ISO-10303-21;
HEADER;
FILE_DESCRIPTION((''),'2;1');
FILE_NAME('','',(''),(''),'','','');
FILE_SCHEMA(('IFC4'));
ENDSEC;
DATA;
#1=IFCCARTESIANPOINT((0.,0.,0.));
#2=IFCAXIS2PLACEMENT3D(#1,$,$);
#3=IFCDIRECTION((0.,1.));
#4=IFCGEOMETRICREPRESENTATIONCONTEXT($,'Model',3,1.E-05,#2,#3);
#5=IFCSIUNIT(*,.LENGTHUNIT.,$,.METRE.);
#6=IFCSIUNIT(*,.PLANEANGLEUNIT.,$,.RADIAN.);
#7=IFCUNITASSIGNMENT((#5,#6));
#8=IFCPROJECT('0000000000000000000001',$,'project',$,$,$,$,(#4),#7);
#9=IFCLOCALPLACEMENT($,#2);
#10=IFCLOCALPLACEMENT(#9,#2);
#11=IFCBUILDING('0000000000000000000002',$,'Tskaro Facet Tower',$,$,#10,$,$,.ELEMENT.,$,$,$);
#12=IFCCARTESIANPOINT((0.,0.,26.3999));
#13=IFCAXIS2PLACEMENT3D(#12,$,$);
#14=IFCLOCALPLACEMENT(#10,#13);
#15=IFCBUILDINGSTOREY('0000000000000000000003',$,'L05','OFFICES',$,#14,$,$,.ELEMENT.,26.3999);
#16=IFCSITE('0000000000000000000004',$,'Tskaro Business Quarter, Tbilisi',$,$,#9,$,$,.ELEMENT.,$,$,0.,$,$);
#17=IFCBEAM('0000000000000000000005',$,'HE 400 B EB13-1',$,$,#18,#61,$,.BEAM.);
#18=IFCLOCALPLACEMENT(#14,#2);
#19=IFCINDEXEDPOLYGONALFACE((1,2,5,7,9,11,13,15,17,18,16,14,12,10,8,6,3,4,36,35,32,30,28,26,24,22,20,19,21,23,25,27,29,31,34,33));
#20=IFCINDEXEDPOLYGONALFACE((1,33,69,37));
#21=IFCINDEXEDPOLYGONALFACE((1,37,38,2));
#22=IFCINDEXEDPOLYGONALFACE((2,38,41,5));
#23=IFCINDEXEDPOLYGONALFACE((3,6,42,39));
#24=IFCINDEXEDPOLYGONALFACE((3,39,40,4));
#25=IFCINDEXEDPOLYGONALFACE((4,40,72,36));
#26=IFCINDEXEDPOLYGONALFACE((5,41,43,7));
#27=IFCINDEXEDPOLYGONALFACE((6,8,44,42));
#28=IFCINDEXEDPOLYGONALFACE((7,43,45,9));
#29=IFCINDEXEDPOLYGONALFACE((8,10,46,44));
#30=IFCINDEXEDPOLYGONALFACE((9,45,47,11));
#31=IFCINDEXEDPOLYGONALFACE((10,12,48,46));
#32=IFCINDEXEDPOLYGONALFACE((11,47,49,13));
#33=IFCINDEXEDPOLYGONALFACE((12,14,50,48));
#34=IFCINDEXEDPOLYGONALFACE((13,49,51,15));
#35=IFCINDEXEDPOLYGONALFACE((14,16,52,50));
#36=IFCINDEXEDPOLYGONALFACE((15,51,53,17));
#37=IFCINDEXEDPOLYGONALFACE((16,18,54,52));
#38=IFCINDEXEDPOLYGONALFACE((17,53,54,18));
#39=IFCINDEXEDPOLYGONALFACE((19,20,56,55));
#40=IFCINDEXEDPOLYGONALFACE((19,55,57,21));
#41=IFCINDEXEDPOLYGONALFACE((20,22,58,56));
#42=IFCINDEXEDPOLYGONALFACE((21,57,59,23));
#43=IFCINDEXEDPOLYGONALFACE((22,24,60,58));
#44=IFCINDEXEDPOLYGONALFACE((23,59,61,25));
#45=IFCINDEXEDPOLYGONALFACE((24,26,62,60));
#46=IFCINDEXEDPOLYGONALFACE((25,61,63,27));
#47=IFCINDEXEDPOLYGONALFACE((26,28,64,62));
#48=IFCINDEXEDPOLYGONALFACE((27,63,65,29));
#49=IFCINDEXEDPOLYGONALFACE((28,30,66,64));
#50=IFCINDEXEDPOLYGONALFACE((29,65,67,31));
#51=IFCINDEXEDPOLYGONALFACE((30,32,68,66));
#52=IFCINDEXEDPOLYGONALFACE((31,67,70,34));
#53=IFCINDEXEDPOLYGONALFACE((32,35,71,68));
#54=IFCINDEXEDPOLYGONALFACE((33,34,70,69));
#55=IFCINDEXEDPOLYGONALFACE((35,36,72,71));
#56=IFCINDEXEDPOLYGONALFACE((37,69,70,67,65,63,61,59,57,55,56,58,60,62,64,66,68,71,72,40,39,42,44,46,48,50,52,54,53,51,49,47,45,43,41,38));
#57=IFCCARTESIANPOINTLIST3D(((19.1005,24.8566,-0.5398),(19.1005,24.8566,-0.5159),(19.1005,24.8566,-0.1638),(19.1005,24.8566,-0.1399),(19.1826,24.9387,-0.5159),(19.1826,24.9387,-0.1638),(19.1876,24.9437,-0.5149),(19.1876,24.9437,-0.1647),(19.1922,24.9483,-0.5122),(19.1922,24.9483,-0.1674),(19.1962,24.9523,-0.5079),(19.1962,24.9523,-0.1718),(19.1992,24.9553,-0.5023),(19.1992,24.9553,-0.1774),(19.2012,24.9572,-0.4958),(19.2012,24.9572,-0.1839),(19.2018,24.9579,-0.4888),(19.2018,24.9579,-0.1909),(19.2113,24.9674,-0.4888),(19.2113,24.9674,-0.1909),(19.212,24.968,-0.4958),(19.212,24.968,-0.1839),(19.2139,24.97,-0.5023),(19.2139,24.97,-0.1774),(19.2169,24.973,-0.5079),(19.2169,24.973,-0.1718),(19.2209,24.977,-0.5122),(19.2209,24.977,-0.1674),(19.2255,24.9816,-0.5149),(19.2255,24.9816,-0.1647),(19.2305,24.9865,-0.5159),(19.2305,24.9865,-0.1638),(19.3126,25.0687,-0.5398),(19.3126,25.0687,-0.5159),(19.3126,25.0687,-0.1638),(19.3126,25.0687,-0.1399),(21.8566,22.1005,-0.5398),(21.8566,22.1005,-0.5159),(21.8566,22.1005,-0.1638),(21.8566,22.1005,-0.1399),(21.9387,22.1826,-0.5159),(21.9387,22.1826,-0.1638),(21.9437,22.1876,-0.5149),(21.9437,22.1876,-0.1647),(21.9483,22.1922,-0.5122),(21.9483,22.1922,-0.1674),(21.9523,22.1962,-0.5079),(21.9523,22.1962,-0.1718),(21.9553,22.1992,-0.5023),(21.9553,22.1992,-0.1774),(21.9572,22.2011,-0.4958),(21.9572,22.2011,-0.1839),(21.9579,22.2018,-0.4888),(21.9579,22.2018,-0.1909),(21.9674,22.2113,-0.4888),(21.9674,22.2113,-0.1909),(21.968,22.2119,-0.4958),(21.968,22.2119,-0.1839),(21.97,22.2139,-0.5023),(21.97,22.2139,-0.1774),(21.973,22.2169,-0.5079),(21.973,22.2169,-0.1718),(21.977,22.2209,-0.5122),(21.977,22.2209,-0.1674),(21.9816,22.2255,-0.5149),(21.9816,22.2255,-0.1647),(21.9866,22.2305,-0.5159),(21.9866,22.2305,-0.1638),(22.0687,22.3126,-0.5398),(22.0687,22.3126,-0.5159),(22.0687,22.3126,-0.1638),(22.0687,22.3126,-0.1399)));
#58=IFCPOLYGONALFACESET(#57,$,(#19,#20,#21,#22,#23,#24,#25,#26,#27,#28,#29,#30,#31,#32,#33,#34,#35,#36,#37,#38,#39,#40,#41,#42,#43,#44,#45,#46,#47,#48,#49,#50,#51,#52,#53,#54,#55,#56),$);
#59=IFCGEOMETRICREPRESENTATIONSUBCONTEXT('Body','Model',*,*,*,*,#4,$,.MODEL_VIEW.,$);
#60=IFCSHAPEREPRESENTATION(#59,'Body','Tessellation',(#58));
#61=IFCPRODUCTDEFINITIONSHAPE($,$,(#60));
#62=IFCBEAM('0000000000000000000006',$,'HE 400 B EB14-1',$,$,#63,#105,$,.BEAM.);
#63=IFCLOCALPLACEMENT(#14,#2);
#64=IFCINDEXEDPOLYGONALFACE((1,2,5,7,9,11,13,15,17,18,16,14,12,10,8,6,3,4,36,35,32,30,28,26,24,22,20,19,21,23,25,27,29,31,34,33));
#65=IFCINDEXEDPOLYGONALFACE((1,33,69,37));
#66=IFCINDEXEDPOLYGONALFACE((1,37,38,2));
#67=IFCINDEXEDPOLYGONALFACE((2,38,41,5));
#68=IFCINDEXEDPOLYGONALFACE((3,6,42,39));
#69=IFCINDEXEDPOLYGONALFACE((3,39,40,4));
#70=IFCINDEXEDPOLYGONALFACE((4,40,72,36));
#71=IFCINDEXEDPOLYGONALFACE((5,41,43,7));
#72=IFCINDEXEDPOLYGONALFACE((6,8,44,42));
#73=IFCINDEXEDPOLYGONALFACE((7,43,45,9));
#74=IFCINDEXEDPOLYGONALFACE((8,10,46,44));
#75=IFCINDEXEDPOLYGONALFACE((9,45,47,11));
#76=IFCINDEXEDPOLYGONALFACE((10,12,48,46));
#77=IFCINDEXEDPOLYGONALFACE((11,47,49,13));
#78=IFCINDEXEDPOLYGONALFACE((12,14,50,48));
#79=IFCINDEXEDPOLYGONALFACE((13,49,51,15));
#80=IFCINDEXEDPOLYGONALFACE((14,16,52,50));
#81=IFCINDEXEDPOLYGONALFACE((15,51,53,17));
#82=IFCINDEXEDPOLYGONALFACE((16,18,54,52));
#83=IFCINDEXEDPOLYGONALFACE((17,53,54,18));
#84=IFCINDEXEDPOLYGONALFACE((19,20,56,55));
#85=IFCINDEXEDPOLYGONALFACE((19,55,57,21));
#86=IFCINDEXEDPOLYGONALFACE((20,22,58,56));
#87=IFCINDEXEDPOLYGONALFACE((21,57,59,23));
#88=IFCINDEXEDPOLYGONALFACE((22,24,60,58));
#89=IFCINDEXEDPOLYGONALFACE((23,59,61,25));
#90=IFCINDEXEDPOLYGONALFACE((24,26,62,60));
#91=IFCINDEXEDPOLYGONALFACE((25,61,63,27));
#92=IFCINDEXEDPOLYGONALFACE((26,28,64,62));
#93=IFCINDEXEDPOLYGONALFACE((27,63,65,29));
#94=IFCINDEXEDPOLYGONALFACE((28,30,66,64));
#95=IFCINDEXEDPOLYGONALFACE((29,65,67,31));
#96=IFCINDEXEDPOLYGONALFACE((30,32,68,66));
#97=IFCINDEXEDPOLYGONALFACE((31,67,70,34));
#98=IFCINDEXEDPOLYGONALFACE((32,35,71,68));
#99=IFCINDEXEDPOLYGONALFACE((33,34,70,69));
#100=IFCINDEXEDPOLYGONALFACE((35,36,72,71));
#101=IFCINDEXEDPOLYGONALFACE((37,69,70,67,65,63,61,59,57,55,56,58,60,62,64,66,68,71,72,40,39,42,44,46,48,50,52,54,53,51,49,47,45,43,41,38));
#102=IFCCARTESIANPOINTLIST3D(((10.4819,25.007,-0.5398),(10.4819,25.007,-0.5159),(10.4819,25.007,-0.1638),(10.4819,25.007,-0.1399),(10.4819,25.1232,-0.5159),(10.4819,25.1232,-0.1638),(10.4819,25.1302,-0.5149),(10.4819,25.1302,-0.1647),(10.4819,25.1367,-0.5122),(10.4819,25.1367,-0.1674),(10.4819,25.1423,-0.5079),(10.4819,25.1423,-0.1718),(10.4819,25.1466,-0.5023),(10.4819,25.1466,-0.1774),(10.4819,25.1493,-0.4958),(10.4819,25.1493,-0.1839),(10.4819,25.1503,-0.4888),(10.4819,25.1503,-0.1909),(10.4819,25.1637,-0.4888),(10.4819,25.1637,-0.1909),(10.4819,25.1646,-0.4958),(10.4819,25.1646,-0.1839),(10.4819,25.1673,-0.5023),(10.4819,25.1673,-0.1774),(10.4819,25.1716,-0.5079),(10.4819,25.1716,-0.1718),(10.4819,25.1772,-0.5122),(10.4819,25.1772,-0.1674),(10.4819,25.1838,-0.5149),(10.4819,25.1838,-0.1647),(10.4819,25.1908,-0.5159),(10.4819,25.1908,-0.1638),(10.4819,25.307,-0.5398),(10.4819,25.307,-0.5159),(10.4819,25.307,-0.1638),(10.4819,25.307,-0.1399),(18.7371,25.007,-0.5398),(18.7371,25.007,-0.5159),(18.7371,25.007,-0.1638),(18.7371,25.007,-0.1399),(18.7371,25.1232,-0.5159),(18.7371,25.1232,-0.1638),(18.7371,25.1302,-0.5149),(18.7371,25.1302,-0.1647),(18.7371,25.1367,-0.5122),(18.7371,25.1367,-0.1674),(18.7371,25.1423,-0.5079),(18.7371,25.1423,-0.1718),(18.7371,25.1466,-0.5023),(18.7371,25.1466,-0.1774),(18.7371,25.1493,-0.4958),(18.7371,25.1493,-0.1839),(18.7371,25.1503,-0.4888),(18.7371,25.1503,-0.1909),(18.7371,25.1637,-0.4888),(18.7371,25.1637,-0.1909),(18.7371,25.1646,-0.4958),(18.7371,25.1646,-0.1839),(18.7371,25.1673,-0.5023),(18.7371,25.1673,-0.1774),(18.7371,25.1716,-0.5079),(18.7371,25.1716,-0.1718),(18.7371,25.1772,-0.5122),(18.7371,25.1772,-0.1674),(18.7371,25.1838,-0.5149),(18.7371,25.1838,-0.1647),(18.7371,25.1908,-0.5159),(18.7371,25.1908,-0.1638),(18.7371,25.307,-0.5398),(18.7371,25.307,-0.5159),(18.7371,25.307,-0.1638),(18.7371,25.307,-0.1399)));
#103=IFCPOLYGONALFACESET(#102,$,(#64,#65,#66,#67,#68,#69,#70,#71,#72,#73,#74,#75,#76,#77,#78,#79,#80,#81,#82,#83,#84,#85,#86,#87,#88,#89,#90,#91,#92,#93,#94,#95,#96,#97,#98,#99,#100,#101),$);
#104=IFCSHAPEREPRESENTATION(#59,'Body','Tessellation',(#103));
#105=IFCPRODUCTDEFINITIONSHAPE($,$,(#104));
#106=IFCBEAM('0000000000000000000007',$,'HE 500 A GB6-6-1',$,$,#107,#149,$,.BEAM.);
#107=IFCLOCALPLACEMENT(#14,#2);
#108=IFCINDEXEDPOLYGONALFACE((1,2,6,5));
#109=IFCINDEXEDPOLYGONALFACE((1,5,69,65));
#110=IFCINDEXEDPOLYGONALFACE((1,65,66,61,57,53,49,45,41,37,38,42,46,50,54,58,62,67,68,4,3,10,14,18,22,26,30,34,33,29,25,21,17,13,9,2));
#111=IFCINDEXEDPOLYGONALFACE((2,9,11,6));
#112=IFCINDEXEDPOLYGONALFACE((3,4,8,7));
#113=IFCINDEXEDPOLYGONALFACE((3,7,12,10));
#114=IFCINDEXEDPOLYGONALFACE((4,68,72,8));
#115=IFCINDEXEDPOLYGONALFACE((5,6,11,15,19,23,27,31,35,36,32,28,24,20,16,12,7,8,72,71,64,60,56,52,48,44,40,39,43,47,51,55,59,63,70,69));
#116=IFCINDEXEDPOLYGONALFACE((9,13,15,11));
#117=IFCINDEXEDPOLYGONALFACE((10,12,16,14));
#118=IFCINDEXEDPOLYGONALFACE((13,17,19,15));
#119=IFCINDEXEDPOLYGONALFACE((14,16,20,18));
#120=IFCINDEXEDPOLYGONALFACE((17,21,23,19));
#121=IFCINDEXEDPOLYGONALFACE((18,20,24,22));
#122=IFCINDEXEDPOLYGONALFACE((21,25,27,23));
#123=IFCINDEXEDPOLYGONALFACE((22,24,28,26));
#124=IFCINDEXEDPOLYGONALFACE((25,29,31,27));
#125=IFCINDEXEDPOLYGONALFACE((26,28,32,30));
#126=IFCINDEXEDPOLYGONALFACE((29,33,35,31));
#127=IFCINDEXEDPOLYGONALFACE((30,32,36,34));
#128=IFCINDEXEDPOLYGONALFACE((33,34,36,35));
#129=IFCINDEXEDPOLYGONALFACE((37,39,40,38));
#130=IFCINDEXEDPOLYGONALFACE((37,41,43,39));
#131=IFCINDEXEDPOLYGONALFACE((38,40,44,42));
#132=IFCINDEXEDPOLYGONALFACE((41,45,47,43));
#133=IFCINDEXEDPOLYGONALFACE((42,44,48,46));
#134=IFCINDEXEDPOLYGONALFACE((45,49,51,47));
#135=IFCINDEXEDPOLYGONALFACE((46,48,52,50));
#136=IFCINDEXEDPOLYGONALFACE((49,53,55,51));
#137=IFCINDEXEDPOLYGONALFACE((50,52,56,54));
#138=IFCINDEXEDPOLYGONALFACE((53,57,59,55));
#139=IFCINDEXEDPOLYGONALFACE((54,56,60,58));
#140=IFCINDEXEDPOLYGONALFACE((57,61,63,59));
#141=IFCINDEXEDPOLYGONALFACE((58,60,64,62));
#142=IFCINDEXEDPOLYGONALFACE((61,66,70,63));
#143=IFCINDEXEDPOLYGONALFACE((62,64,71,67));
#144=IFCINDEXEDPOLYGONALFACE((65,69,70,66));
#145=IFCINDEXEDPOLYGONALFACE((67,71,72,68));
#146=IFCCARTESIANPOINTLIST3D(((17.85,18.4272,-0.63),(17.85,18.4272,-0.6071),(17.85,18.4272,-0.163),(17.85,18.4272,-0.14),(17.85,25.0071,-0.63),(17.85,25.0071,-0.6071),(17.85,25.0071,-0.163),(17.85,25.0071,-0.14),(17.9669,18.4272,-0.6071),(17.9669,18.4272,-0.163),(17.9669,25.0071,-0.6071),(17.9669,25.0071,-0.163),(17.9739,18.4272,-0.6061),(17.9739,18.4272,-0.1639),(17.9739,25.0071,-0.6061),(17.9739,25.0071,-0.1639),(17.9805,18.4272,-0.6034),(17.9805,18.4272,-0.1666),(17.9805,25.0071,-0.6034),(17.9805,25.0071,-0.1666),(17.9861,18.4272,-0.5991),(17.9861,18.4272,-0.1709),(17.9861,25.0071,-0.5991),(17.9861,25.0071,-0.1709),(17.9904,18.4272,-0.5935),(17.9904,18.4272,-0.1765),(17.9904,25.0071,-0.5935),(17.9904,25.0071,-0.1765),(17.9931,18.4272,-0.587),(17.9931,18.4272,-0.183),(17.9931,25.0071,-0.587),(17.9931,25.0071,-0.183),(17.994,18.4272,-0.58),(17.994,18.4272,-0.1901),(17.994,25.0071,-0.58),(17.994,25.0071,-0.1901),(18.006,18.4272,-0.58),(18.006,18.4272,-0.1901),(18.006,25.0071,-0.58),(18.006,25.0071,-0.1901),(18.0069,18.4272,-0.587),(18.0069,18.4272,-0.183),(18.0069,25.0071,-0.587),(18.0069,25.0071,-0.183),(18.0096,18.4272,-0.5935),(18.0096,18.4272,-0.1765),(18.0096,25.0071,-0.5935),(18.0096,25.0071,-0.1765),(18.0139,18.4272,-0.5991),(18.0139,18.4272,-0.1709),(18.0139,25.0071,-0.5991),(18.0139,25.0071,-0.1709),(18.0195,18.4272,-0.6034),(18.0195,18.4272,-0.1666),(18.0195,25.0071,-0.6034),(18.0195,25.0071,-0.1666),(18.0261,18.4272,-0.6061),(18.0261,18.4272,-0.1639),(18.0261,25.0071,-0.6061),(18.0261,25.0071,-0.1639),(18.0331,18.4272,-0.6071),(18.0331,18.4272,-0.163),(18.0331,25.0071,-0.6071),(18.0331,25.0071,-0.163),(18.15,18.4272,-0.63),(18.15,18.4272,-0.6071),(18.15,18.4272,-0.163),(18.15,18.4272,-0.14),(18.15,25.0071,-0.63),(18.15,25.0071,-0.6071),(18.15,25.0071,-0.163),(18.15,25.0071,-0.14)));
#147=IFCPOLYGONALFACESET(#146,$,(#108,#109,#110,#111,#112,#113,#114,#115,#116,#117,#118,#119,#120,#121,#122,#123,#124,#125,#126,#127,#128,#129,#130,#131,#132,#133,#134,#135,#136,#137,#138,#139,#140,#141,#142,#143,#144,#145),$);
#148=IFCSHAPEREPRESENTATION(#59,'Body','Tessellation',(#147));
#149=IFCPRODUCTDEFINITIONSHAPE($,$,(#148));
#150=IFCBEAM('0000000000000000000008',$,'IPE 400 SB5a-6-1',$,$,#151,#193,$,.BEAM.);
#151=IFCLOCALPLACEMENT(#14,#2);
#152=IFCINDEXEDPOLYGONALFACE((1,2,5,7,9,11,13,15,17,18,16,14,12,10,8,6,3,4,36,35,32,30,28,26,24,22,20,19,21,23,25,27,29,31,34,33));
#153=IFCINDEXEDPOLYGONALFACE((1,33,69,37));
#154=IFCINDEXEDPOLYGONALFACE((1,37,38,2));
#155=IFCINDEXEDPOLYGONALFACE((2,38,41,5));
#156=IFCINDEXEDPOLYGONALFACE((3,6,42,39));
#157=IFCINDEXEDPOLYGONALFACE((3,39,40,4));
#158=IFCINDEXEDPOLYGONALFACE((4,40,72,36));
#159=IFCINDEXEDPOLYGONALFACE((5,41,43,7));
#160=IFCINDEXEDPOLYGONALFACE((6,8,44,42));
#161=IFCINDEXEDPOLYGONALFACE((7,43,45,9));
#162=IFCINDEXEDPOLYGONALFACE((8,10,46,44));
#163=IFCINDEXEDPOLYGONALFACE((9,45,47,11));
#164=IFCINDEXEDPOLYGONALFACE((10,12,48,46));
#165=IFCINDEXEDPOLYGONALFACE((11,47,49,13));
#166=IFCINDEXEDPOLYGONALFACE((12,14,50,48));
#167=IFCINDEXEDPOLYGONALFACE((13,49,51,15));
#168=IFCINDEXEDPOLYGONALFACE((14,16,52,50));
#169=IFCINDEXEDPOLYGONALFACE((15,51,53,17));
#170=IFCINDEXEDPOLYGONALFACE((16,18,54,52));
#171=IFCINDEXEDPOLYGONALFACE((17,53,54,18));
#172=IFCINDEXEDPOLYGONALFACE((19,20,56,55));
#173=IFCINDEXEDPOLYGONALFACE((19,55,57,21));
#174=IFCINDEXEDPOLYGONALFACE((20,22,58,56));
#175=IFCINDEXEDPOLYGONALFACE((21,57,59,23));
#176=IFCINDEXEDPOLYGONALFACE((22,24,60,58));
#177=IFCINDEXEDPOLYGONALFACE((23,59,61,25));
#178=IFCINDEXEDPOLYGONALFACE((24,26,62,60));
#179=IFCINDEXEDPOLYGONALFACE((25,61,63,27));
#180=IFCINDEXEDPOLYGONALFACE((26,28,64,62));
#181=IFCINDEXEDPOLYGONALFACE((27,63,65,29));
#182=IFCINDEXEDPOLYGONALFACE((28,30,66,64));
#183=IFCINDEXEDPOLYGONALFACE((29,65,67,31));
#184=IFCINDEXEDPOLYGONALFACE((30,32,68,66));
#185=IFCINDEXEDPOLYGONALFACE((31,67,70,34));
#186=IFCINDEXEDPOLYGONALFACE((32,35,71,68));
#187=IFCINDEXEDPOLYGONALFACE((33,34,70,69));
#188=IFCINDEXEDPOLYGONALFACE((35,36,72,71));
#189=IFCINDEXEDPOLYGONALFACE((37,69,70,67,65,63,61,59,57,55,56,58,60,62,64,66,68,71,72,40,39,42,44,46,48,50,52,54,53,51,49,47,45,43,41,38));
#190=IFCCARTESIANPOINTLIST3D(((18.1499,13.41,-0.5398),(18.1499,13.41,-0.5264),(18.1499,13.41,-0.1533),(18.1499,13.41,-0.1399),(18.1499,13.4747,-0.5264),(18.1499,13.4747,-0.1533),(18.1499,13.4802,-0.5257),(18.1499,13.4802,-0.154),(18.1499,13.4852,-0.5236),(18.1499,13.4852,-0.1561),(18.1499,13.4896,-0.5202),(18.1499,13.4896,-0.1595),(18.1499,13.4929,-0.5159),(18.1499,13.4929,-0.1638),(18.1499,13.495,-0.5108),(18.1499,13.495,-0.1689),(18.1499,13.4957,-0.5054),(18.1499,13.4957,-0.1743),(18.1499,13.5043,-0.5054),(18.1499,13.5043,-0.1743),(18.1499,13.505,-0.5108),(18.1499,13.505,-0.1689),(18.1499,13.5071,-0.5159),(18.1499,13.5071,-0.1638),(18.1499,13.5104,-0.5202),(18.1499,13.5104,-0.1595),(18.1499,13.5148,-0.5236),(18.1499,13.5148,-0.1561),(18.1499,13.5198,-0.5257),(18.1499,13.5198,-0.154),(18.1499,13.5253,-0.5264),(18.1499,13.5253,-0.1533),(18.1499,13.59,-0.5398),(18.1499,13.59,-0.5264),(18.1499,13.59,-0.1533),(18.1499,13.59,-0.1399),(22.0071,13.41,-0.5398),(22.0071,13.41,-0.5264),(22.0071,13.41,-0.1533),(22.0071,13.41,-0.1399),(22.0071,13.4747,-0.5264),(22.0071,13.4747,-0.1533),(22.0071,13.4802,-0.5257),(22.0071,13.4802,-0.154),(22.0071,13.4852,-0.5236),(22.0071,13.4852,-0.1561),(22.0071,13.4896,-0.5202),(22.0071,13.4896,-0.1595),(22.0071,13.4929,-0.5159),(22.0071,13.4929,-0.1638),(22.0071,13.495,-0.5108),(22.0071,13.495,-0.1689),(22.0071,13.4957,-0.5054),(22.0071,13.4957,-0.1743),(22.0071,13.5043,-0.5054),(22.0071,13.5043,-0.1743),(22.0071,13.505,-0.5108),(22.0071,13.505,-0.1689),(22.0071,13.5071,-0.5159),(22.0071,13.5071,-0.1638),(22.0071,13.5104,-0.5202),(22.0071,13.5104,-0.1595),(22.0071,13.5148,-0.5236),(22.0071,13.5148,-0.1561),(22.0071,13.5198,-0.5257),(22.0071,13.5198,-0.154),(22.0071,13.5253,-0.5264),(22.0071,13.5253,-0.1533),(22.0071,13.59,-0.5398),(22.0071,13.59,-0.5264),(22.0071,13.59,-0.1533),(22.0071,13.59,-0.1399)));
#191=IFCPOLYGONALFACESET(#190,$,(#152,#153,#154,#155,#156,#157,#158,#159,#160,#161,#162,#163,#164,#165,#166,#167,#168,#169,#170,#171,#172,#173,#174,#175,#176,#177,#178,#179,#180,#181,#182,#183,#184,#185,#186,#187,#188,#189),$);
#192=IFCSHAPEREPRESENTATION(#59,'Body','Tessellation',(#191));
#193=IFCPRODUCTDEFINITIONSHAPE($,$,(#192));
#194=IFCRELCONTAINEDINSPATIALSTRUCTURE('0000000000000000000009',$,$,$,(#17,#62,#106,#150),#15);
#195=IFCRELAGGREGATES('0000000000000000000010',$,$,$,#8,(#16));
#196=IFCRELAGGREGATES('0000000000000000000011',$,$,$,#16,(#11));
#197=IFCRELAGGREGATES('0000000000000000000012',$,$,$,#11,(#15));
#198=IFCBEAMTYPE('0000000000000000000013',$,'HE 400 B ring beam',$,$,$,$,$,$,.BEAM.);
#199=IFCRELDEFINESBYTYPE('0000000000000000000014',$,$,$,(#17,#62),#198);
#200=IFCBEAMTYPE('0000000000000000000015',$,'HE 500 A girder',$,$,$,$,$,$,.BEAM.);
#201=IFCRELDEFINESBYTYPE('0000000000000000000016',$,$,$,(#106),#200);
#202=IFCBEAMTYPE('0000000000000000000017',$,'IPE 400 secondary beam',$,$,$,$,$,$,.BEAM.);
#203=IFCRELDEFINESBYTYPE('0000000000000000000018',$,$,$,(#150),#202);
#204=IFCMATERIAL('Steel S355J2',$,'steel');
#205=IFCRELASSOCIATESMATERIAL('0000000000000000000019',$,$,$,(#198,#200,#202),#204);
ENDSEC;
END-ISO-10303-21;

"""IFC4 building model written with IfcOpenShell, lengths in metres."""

from ifc_helpers import new_model, si_unit, direction, frame, origin, origin_2d, place, context, subcontext, project, spatial, i_section, extrude, material, material_profile, profile_set, type_object, element, save


model = new_model("IFC4")

# Units and contexts
model_context = context("Model", 3, precision=1e-05, world=origin(), true_north=direction((0.0, 1.0)))
body_context = subcontext(model_context, "Body", "Model", "MODEL_VIEW")
ifc_project = project(units=[si_unit("LENGTHUNIT", "METRE"), si_unit("PLANEANGLEUNIT", "RADIAN")], contexts=[model_context])

# Site, building, storey
site_placement = place(None, origin())
site = spatial("IfcSite", under=ifc_project, at=site_placement, Name="Tskaro Business Quarter, Tbilisi", CompositionType="ELEMENT", RefElevation=0.0)
building_placement = place(site_placement, origin())
building = spatial("IfcBuilding", under=site, at=building_placement, Name="Tskaro Facet Tower", CompositionType="ELEMENT")
storey_placement = place(building_placement, frame((0.0, 0.0, 26.3999)))
storey = spatial("IfcBuildingStorey", under=building, at=storey_placement, Name="L05", Description="OFFICES", CompositionType="ELEMENT", Elevation=26.3999)

# Beams
ifc_material_1 = material(Name="Steel S355J2", Category="steel")
ifc_material_profile_1 = material_profile(ifc_material_1, i_section(OverallWidth=0.3, OverallDepth=0.3999, WebThickness=0.0134, FlangeThickness=0.0239, FilletRadius=0.0271, at=origin_2d()), Name="HE 400 B")
ifc_profile_set_1 = profile_set([ifc_material_profile_1], Name="Steel S355J2")
beam_type_1 = type_object("IfcBeamType", Name="HE 400 B ring beam", PredefinedType="BEAM", material=ifc_profile_set_1)
beam_1_placement = place(storey_placement, frame((21.9626, 22.2065, -0.3398), z_axis=(-0.707107, 0.707107, 0.0), x_axis=(-0.707107, -0.707107, 0.0)))
element("IfcBeam", 1, at=beam_1_placement, inside=storey, type_object=beam_type_1, Name="HE 400 B EB13-1", PredefinedType="BEAM", context=body_context, shape_type="SweptSolid", body=[
    extrude(i_section(OverallWidth=0.3, OverallDepth=0.3999, WebThickness=0.0134, FlangeThickness=0.0239, FilletRadius=0.0271, at=origin_2d()), origin(), (0.0, 0.0, 1.0), 3.8977),
])
beam_2_placement = place(storey_placement, frame((18.7371, 25.157, -0.3398), z_axis=(-1.0, 0.0, 0.0), x_axis=(0.0, -1.0, 0.0)))
element("IfcBeam", 2, at=beam_2_placement, inside=storey, type_object=beam_type_1, Name="HE 400 B EB14-1", PredefinedType="BEAM", context=body_context, shape_type="SweptSolid", body=[
    extrude(i_section(OverallWidth=0.3, OverallDepth=0.3999, WebThickness=0.0134, FlangeThickness=0.0239, FilletRadius=0.0271, at=origin_2d()), origin(), (0.0, 0.0, 1.0), 8.2551),
])
ifc_material_profile_2 = material_profile(ifc_material_1, i_section(OverallWidth=0.3, OverallDepth=0.49, WebThickness=0.012, FlangeThickness=0.0229, FilletRadius=0.0271, at=origin_2d()), Name="HE 500 A")
ifc_profile_set_2 = profile_set([ifc_material_profile_2], Name="Steel S355J2")
beam_type_2 = type_object("IfcBeamType", Name="HE 500 A girder", PredefinedType="BEAM", material=ifc_profile_set_2)
beam_3_placement = place(storey_placement, frame((18.0, 18.4272, -0.385), z_axis=(0.0, 1.0, 0.0), x_axis=(-1.0, 0.0, 0.0)))
element("IfcBeam", 3, at=beam_3_placement, inside=storey, type_object=beam_type_2, Name="HE 500 A GB6-6-1", PredefinedType="BEAM", context=body_context, shape_type="SweptSolid", body=[
    extrude(i_section(OverallWidth=0.3, OverallDepth=0.49, WebThickness=0.012, FlangeThickness=0.0229, FilletRadius=0.0271, at=origin_2d()), origin(), (0.0, 0.0, 1.0), 6.5798),
])
ifc_material_profile_3 = material_profile(ifc_material_1, i_section(OverallWidth=0.1799, OverallDepth=0.3999, WebThickness=0.0085, FlangeThickness=0.0134, FilletRadius=0.021, at=origin_2d()), Name="IPE 400")
ifc_profile_set_3 = profile_set([ifc_material_profile_3], Name="Steel S355J2")
beam_type_3 = type_object("IfcBeamType", Name="IPE 400 secondary beam", PredefinedType="BEAM", material=ifc_profile_set_3)
beam_4_placement = place(storey_placement, frame((18.1499, 13.5, -0.3398), z_axis=(1.0, 0.0, 0.0), x_axis=(0.0, 1.0, 0.0)))
element("IfcBeam", 4, at=beam_4_placement, inside=storey, type_object=beam_type_3, Name="IPE 400 SB5a-6-1", PredefinedType="BEAM", context=body_context, shape_type="SweptSolid", body=[
    extrude(i_section(OverallWidth=0.1799, OverallDepth=0.3999, WebThickness=0.0085, FlangeThickness=0.0134, FilletRadius=0.021, at=origin_2d()), origin(), (0.0, 0.0, 1.0), 3.8572),
])

save(model, "model.ifc")
